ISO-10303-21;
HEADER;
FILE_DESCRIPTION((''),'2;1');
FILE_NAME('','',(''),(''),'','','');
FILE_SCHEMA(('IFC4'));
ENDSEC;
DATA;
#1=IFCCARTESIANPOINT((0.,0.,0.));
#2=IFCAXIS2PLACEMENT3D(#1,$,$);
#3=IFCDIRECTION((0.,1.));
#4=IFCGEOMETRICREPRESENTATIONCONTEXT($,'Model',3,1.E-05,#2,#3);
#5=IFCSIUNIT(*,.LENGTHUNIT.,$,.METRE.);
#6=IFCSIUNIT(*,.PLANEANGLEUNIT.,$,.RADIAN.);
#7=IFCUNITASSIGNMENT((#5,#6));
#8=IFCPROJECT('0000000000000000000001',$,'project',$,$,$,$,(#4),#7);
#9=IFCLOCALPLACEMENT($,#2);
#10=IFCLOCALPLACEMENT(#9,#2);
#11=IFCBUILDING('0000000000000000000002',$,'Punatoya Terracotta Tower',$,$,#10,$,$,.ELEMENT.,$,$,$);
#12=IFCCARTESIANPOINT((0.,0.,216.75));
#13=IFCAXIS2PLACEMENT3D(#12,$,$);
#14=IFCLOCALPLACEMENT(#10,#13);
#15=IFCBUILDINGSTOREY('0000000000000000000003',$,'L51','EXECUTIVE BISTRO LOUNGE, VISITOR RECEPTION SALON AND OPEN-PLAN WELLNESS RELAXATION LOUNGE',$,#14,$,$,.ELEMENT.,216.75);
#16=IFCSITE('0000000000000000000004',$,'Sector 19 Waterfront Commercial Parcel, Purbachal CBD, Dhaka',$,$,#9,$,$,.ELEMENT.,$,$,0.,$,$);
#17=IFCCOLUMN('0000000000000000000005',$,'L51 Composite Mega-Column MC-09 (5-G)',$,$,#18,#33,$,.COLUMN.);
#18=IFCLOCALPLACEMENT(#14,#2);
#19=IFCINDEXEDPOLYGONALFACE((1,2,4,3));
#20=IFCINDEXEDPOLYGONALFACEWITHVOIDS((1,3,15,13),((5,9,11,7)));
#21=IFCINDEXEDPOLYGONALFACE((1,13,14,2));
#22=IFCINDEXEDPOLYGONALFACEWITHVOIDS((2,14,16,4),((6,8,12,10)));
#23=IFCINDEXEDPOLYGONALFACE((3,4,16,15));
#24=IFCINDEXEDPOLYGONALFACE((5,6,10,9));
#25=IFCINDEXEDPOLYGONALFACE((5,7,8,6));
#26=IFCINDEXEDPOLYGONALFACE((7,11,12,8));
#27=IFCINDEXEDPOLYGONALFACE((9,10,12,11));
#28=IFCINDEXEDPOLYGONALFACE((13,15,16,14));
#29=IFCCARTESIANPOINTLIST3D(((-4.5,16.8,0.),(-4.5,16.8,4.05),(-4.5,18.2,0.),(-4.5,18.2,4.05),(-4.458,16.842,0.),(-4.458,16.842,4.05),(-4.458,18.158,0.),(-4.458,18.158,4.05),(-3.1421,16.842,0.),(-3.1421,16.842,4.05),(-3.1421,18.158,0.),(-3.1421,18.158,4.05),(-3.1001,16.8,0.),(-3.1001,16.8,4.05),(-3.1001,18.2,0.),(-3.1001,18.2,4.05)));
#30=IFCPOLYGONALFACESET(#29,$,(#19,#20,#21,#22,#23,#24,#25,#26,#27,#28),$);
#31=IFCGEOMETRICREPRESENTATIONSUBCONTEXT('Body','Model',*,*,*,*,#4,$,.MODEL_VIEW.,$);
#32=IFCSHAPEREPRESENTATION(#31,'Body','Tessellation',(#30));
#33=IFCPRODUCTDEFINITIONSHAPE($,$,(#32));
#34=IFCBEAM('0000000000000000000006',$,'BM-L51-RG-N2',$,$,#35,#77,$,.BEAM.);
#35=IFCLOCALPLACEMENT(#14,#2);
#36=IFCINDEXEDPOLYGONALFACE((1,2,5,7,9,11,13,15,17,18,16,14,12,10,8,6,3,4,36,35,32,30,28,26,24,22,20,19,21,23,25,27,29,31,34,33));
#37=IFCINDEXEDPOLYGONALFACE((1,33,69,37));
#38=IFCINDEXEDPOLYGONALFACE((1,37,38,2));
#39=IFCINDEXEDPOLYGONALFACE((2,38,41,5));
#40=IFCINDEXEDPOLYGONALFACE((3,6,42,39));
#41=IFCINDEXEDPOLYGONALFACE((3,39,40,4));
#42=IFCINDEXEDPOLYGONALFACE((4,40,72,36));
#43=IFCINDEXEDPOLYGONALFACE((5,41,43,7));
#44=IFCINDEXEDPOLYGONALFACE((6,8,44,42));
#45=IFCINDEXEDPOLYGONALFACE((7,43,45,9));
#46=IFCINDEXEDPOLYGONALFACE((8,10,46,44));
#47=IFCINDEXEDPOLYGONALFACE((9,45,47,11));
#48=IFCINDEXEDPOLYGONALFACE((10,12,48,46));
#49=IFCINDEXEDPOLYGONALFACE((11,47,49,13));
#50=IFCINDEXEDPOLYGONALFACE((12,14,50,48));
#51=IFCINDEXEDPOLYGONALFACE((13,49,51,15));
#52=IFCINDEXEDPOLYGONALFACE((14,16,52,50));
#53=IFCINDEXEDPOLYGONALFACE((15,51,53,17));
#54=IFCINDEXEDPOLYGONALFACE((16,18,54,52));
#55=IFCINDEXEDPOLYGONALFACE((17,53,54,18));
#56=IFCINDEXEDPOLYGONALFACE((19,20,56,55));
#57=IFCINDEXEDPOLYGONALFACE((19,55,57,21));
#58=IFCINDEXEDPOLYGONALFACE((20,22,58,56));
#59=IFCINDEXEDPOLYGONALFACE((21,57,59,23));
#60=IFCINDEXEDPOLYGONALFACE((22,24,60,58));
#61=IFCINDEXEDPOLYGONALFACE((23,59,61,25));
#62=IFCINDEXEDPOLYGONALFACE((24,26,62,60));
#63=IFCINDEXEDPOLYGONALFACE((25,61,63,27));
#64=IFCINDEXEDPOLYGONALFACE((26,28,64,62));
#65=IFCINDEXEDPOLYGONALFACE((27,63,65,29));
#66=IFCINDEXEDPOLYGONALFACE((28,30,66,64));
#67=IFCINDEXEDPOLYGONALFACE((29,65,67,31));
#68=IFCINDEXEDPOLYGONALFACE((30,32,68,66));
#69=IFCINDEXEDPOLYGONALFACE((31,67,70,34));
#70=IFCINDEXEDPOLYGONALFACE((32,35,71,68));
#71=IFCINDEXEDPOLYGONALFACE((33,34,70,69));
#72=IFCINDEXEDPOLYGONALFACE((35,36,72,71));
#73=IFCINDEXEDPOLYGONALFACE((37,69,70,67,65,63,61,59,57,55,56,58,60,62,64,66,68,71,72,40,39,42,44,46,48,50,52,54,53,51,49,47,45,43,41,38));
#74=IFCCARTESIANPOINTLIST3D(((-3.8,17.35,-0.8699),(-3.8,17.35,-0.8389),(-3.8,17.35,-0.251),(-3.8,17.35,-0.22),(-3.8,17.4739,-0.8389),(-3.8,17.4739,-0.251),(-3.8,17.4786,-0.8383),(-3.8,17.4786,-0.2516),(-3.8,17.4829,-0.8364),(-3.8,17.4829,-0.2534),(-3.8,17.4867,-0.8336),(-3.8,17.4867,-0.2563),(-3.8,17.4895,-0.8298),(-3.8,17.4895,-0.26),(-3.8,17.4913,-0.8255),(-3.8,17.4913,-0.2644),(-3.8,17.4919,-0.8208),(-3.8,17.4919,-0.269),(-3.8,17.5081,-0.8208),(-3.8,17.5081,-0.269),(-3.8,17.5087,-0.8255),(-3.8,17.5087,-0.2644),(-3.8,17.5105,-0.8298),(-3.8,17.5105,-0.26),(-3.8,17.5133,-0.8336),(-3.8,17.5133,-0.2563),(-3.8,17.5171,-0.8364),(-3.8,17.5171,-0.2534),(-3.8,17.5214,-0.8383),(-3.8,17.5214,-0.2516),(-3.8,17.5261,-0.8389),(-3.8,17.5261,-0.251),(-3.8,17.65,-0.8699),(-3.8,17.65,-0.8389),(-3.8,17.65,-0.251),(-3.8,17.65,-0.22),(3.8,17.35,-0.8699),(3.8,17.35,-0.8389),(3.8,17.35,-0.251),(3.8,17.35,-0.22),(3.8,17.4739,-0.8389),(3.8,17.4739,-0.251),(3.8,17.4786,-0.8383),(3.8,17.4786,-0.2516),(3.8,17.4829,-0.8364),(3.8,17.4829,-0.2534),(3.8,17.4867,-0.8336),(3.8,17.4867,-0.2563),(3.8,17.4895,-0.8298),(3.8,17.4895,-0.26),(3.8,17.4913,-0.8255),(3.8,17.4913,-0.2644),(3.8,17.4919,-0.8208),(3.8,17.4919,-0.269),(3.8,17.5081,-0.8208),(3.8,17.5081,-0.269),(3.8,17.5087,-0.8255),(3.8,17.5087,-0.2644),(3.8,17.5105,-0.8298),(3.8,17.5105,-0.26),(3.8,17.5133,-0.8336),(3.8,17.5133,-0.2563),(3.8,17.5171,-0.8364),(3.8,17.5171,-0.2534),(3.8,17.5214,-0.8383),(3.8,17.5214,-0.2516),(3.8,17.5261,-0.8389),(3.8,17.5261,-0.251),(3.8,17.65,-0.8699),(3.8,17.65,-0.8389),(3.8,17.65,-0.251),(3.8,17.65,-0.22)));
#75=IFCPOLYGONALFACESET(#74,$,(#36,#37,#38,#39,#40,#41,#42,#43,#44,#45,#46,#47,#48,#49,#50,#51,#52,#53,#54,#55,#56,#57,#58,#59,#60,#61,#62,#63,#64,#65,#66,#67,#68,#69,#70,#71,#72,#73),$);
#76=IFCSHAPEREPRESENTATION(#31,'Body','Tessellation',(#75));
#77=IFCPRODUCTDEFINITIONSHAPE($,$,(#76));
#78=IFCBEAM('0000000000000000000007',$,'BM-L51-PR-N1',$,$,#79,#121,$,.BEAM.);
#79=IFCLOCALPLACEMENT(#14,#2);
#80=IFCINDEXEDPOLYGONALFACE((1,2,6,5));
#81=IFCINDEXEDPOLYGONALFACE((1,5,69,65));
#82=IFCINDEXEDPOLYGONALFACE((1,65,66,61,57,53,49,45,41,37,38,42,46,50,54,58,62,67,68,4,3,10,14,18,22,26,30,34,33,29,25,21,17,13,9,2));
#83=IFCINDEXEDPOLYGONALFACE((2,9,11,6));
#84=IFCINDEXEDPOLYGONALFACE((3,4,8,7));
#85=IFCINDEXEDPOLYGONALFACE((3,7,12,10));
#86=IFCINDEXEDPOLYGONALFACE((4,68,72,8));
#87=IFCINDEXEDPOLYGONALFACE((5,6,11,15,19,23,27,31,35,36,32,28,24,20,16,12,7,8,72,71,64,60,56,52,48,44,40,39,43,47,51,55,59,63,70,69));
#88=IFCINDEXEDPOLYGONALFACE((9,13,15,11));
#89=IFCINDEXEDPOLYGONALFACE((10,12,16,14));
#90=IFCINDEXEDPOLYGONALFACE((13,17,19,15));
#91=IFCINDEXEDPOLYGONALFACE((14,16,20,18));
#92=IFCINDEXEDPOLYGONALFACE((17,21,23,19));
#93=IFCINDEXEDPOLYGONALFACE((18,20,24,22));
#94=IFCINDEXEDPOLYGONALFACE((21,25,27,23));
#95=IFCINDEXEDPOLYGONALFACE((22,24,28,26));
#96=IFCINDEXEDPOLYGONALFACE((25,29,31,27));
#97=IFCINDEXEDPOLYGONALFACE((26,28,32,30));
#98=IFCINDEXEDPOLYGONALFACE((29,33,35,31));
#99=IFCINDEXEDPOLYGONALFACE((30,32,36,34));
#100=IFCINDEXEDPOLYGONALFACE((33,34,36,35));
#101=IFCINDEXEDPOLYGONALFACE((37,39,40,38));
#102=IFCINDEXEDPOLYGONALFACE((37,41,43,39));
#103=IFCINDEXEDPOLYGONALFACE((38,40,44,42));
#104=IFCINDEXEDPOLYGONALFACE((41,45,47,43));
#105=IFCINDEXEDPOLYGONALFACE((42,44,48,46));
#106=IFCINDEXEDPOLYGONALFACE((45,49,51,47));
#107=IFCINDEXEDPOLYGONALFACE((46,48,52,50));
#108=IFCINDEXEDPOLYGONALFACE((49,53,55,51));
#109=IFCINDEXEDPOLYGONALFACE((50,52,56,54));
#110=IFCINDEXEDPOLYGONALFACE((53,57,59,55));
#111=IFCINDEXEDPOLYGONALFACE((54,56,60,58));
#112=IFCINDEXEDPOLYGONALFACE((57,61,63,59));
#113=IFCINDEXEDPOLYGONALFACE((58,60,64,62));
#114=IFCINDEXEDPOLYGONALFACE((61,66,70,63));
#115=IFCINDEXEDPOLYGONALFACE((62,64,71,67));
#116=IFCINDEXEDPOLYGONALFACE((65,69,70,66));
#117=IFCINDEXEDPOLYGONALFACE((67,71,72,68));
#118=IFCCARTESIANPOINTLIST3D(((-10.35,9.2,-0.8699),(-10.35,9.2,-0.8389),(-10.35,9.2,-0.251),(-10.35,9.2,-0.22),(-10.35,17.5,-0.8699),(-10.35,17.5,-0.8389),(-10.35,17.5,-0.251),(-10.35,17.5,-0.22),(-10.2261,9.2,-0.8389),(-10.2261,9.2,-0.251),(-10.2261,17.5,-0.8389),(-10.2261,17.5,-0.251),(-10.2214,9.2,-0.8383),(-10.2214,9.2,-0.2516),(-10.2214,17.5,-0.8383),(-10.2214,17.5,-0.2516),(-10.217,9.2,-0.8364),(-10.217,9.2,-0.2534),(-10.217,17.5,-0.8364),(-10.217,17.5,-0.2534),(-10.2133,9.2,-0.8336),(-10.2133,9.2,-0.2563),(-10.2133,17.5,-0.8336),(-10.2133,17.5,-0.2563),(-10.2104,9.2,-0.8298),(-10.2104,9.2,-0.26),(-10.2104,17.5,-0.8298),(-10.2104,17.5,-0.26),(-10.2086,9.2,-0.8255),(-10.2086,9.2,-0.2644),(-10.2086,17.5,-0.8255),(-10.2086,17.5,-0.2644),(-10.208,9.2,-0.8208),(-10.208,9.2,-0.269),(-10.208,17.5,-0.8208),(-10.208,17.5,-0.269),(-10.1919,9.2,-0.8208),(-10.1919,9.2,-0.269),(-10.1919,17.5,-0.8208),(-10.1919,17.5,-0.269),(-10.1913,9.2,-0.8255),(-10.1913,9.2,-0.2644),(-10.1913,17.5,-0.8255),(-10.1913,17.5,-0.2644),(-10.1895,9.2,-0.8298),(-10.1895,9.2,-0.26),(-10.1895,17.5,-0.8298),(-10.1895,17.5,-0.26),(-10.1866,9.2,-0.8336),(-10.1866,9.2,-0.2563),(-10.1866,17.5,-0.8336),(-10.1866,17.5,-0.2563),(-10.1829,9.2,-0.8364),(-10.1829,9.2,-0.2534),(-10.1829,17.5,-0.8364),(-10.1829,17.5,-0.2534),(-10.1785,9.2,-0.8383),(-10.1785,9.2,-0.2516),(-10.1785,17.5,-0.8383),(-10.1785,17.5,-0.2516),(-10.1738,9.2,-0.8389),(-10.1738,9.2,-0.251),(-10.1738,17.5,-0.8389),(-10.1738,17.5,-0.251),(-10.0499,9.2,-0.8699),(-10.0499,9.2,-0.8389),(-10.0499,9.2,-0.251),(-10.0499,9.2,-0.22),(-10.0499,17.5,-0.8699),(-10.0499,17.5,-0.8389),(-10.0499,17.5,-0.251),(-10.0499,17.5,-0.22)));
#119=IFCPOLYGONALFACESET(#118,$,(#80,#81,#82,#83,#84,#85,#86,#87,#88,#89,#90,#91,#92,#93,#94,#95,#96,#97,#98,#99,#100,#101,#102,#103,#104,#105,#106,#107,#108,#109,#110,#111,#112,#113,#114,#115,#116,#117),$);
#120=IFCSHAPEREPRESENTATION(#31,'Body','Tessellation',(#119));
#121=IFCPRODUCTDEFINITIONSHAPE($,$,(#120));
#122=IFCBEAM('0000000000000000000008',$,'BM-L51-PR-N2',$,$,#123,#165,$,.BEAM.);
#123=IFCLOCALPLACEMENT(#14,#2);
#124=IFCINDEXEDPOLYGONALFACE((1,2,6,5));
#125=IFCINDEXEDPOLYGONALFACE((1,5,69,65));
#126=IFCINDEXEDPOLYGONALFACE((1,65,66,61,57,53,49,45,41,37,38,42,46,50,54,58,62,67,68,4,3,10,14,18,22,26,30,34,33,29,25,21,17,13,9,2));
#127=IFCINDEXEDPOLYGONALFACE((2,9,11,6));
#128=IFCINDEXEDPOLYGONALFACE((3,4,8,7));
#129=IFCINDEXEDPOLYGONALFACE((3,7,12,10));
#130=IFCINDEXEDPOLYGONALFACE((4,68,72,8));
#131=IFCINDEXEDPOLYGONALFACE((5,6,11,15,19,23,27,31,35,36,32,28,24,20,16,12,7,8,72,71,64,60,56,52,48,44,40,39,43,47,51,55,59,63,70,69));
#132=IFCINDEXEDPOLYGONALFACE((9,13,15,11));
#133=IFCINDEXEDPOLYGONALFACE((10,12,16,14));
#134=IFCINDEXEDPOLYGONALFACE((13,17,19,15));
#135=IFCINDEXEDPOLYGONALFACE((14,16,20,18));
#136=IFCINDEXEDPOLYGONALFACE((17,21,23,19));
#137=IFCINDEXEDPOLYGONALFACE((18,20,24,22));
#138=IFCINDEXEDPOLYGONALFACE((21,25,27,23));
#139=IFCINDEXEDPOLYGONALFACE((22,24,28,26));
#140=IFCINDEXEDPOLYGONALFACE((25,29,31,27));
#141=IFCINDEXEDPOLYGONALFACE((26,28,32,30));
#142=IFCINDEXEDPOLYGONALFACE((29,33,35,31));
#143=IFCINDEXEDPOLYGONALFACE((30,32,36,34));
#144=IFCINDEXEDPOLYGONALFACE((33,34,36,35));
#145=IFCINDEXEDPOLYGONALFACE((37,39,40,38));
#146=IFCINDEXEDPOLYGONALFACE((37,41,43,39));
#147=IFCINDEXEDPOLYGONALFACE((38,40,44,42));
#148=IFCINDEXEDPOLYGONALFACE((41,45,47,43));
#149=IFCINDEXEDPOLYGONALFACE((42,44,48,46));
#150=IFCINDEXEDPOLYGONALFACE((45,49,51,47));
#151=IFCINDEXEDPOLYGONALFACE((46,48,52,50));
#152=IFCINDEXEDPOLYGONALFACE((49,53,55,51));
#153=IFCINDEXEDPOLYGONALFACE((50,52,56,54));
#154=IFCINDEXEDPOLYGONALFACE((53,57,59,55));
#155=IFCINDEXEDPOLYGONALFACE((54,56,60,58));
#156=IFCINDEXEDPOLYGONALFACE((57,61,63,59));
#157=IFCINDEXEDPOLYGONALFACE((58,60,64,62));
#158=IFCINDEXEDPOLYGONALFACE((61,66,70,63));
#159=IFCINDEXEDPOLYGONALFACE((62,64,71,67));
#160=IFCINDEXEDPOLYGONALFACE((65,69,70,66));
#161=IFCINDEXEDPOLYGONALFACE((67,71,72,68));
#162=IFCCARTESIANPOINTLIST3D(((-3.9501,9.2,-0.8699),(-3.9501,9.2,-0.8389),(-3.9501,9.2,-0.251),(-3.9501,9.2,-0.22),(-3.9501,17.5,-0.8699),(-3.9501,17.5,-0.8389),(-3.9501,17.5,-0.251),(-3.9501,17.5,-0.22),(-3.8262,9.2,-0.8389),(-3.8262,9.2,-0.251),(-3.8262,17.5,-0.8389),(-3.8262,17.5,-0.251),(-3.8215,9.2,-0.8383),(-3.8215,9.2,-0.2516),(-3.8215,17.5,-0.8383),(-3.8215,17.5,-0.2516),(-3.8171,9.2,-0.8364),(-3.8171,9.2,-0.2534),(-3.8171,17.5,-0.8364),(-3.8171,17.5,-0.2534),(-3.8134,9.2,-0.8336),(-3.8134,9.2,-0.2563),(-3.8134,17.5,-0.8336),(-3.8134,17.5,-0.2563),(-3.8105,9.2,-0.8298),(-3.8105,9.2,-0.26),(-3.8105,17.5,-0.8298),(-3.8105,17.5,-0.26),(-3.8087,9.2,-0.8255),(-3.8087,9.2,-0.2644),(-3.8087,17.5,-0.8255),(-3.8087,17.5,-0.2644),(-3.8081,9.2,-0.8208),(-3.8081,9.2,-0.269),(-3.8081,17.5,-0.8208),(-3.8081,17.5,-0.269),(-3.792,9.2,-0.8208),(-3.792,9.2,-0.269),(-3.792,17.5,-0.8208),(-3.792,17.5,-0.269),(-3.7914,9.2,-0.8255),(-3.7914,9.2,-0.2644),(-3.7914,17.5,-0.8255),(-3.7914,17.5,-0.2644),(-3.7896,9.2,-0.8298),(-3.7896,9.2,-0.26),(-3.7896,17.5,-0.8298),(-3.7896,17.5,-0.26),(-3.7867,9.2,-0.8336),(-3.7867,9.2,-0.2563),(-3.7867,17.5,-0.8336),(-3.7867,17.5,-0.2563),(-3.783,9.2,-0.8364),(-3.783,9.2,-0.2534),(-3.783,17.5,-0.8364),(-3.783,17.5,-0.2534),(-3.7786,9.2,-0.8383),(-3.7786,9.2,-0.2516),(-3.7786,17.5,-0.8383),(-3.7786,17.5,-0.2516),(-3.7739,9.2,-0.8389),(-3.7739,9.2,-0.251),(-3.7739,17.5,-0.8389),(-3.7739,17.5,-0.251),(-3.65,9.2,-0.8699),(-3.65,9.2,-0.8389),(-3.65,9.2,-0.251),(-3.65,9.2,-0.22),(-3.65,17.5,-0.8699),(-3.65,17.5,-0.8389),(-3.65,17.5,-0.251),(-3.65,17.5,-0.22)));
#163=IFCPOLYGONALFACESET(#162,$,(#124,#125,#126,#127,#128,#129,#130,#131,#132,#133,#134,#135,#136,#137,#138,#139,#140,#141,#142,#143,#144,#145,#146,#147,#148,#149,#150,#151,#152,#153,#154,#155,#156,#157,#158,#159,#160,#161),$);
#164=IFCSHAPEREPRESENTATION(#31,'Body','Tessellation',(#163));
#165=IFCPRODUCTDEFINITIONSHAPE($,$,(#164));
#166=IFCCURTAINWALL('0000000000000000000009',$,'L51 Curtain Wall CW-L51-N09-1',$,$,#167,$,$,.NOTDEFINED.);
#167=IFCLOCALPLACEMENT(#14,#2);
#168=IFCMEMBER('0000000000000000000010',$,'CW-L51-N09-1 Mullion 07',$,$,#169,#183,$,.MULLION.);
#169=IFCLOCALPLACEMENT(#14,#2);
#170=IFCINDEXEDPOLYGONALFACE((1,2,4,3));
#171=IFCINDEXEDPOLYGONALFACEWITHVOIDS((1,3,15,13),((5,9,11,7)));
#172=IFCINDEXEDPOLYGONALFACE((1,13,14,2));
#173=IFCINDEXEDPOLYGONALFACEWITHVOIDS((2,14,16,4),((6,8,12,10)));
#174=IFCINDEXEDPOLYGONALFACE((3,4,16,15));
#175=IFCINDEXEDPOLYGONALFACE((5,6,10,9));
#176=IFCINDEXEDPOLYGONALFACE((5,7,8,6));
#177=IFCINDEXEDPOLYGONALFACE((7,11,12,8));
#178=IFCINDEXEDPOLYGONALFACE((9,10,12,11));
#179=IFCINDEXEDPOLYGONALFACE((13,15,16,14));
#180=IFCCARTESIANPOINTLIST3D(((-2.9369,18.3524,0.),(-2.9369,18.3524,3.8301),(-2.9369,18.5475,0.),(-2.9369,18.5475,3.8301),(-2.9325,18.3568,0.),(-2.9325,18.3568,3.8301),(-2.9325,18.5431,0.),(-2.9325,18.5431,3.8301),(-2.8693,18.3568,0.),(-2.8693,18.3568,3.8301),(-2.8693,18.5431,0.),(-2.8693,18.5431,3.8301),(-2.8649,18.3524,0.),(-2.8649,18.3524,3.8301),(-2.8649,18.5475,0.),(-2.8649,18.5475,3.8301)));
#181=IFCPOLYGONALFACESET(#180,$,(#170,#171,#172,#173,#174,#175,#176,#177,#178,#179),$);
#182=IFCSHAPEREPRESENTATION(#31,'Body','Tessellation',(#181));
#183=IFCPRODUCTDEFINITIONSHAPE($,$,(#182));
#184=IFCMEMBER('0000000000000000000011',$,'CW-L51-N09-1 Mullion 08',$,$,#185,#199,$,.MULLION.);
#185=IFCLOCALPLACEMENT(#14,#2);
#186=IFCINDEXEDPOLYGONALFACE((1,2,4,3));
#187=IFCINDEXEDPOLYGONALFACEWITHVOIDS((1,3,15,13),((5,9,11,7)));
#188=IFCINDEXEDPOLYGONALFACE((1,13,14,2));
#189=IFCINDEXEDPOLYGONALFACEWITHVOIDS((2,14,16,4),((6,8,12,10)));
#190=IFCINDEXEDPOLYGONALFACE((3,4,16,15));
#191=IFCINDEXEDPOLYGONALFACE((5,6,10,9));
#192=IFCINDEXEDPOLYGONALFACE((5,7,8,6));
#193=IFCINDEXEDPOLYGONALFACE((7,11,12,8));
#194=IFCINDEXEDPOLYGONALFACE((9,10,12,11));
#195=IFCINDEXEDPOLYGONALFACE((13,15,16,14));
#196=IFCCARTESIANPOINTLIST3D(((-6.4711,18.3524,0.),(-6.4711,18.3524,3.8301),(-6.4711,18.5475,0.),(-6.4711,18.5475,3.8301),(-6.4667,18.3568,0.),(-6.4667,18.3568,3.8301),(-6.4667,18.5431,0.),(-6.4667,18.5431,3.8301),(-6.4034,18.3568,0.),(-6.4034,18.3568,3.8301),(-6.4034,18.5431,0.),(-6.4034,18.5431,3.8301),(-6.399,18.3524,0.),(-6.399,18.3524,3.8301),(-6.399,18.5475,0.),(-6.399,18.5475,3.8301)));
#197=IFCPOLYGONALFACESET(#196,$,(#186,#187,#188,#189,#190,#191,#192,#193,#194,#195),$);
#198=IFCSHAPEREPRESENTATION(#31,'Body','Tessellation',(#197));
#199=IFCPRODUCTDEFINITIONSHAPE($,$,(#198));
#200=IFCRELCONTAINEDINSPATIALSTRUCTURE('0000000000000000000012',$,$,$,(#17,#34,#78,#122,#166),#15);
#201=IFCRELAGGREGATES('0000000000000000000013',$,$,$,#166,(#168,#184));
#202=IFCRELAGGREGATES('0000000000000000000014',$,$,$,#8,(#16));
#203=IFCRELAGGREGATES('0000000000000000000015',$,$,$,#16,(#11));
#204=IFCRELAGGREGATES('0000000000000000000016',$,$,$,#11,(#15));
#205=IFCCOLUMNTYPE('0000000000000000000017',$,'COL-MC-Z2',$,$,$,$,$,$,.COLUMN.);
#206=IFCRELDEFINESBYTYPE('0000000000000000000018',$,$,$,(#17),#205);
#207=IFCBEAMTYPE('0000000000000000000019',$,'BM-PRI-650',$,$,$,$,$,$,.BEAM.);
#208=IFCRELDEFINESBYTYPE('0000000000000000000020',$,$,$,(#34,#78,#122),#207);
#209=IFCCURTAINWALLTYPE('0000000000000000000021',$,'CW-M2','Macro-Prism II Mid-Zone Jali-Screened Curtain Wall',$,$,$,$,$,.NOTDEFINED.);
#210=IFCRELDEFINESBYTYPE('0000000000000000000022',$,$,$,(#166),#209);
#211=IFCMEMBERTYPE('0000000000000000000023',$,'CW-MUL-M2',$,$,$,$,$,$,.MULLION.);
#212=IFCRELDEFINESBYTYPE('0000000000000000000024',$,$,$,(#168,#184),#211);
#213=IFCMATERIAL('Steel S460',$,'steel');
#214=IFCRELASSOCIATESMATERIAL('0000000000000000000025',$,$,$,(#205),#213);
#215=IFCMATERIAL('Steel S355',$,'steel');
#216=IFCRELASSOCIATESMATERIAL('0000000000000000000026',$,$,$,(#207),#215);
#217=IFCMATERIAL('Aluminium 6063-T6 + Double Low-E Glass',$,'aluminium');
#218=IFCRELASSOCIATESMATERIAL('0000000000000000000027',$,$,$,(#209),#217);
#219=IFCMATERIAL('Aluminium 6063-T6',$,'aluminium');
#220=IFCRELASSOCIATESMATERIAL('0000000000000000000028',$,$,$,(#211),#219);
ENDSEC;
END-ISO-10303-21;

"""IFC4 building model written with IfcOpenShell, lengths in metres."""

from ifc_helpers import new_model, si_unit, direction, frame, origin, origin_2d, place, context, subcontext, project, spatial, hollow_rectangle, i_section, extrude, material, material_profile, profile_set, type_object, element, aggregate, save


model = new_model("IFC4")

# Units and contexts
model_context = context("Model", 3, precision=1e-05, world=origin(), true_north=direction((0.0, 1.0)))
body_context = subcontext(model_context, "Body", "Model", "MODEL_VIEW")
ifc_project = project(units=[si_unit("LENGTHUNIT", "METRE"), si_unit("PLANEANGLEUNIT", "RADIAN")], contexts=[model_context])

# Site, building, storey
site_placement = place(None, origin())
site = spatial("IfcSite", under=ifc_project, at=site_placement, Name="Sector 19 Waterfront Commercial Parcel, Purbachal CBD, Dhaka", CompositionType="ELEMENT", RefElevation=0.0)
building_placement = place(site_placement, origin())
building = spatial("IfcBuilding", under=site, at=building_placement, Name="Punatoya Terracotta Tower", CompositionType="ELEMENT")
storey_placement = place(building_placement, frame((0.0, 0.0, 216.75)))
storey = spatial("IfcBuildingStorey", under=building, at=storey_placement, Name="L51", Description="EXECUTIVE BISTRO LOUNGE, VISITOR RECEPTION SALON AND OPEN-PLAN WELLNESS RELAXATION LOUNGE", CompositionType="ELEMENT", Elevation=216.75)

# Column
ifc_material_1 = material(Name="Steel S460", Category="steel")
ifc_material_profile_1 = material_profile(ifc_material_1, hollow_rectangle(XDim=1.3999, YDim=1.3999, WallThickness=0.042, at=origin_2d()))
ifc_profile_set_1 = profile_set([ifc_material_profile_1], Name="Steel S460")
column_type = type_object("IfcColumnType", Name="COL-MC-Z2", PredefinedType="COLUMN", material=ifc_profile_set_1)
column_placement = place(storey_placement, frame((-3.8, 17.5, 0.0), z_axis=(0.0, 0.0, 1.0), x_axis=(1.0, 0.0, 0.0)))
element("IfcColumn", 1, at=column_placement, inside=storey, type_object=column_type, Name="L51 Composite Mega-Column MC-09 (5-G)", PredefinedType="COLUMN", context=body_context, shape_type="SweptSolid", body=[
    extrude(hollow_rectangle(XDim=1.3999, YDim=1.3999, WallThickness=0.042, at=origin_2d()), origin(), (0.0, 0.0, 1.0), 4.05),
])

# Beams
ifc_material_2 = material(Name="Steel S355", Category="steel")
ifc_material_profile_2 = material_profile(ifc_material_2, i_section(OverallWidth=0.3, OverallDepth=0.6499, WebThickness=0.0161, FlangeThickness=0.031, FilletRadius=0.0181, at=origin_2d()))
ifc_profile_set_2 = profile_set([ifc_material_profile_2], Name="Steel S355")
beam_type = type_object("IfcBeamType", Name="BM-PRI-650", PredefinedType="BEAM", material=ifc_profile_set_2)
beam_placement = place(storey_placement, frame((-3.8, 17.5, -0.5449), z_axis=(1.0, 0.0, 0.0), x_axis=(0.0, 1.0, 0.0)))
element("IfcBeam", 2, at=beam_placement, inside=storey, type_object=beam_type, Name="BM-L51-RG-N2", PredefinedType="BEAM", context=body_context, shape_type="SweptSolid", body=[
    extrude(i_section(OverallWidth=0.3, OverallDepth=0.6499, WebThickness=0.0161, FlangeThickness=0.031, FilletRadius=0.0181, at=origin_2d()), origin(), (0.0, 0.0, 1.0), 7.6001),
])
for number, where, z_axis, x_axis, name in (
    (3, (-10.2, 9.2, -0.5449), (0.0, 1.0, 0.0), (-1.0, 0.0, 0.0), "BM-L51-PR-N1"),
    (4, (-3.8, 9.2, -0.5449), (0.0, 1.0, 0.0), (-1.0, 0.0, 0.0), "BM-L51-PR-N2"),
):
    element("IfcBeam", number, at=place(storey_placement, frame(where, z_axis=z_axis, x_axis=x_axis)), inside=storey, type_object=beam_type, Name=name, PredefinedType="BEAM", context=body_context, shape_type="SweptSolid", body=[
        extrude(i_section(OverallWidth=0.3, OverallDepth=0.6499, WebThickness=0.0161, FlangeThickness=0.031, FilletRadius=0.0181, at=origin_2d()), origin(), (0.0, 0.0, 1.0), 8.3),
    ])

# Curtain wall, members
ifc_material_3 = material(Name="Aluminium 6063-T6 + Double Low-E Glass", Category="aluminium")
curtain_wall_type = type_object("IfcCurtainWallType", Name="CW-M2", Description="Macro-Prism II Mid-Zone Jali-Screened Curtain Wall", PredefinedType="NOTDEFINED", material=ifc_material_3)
curtain_wall_placement = place(storey_placement, origin())
curtain_wall = element("IfcCurtainWall", 5, at=curtain_wall_placement, inside=storey, type_object=curtain_wall_type, Name="L51 Curtain Wall CW-L51-N09-1", PredefinedType="NOTDEFINED")
ifc_material_4 = material(Name="Aluminium 6063-T6", Category="aluminium")
ifc_material_profile_3 = material_profile(ifc_material_4, hollow_rectangle(XDim=0.072, YDim=0.1951, WallThickness=0.0044, at=origin_2d()))
ifc_profile_set_3 = profile_set([ifc_material_profile_3], Name="Aluminium 6063-T6")
member_type = type_object("IfcMemberType", Name="CW-MUL-M2", PredefinedType="MULLION", material=ifc_profile_set_3)
member_1_placement = place(storey_placement, frame((-2.9009, 18.45, 0.0), z_axis=(0.0, 0.0, 1.0), x_axis=(1.0, 0.0, 0.0)))
member_1 = element("IfcMember", 6, at=member_1_placement, type_object=member_type, Name="CW-L51-N09-1 Mullion 07", PredefinedType="MULLION", context=body_context, shape_type="SweptSolid", body=[
    extrude(hollow_rectangle(XDim=0.072, YDim=0.1951, WallThickness=0.0044, at=origin_2d()), origin(), (0.0, 0.0, 1.0), 3.8301),
])
member_2_placement = place(storey_placement, frame((-6.4351, 18.45, 0.0), z_axis=(0.0, 0.0, 1.0), x_axis=(1.0, 0.0, 0.0)))
member_2 = element("IfcMember", 7, at=member_2_placement, type_object=member_type, Name="CW-L51-N09-1 Mullion 08", PredefinedType="MULLION", context=body_context, shape_type="SweptSolid", body=[
    extrude(hollow_rectangle(XDim=0.072, YDim=0.1951, WallThickness=0.0044, at=origin_2d()), origin(), (0.0, 0.0, 1.0), 3.8301),
])
aggregate(curtain_wall, [member_1, member_2])

save(model, "model.ifc")
